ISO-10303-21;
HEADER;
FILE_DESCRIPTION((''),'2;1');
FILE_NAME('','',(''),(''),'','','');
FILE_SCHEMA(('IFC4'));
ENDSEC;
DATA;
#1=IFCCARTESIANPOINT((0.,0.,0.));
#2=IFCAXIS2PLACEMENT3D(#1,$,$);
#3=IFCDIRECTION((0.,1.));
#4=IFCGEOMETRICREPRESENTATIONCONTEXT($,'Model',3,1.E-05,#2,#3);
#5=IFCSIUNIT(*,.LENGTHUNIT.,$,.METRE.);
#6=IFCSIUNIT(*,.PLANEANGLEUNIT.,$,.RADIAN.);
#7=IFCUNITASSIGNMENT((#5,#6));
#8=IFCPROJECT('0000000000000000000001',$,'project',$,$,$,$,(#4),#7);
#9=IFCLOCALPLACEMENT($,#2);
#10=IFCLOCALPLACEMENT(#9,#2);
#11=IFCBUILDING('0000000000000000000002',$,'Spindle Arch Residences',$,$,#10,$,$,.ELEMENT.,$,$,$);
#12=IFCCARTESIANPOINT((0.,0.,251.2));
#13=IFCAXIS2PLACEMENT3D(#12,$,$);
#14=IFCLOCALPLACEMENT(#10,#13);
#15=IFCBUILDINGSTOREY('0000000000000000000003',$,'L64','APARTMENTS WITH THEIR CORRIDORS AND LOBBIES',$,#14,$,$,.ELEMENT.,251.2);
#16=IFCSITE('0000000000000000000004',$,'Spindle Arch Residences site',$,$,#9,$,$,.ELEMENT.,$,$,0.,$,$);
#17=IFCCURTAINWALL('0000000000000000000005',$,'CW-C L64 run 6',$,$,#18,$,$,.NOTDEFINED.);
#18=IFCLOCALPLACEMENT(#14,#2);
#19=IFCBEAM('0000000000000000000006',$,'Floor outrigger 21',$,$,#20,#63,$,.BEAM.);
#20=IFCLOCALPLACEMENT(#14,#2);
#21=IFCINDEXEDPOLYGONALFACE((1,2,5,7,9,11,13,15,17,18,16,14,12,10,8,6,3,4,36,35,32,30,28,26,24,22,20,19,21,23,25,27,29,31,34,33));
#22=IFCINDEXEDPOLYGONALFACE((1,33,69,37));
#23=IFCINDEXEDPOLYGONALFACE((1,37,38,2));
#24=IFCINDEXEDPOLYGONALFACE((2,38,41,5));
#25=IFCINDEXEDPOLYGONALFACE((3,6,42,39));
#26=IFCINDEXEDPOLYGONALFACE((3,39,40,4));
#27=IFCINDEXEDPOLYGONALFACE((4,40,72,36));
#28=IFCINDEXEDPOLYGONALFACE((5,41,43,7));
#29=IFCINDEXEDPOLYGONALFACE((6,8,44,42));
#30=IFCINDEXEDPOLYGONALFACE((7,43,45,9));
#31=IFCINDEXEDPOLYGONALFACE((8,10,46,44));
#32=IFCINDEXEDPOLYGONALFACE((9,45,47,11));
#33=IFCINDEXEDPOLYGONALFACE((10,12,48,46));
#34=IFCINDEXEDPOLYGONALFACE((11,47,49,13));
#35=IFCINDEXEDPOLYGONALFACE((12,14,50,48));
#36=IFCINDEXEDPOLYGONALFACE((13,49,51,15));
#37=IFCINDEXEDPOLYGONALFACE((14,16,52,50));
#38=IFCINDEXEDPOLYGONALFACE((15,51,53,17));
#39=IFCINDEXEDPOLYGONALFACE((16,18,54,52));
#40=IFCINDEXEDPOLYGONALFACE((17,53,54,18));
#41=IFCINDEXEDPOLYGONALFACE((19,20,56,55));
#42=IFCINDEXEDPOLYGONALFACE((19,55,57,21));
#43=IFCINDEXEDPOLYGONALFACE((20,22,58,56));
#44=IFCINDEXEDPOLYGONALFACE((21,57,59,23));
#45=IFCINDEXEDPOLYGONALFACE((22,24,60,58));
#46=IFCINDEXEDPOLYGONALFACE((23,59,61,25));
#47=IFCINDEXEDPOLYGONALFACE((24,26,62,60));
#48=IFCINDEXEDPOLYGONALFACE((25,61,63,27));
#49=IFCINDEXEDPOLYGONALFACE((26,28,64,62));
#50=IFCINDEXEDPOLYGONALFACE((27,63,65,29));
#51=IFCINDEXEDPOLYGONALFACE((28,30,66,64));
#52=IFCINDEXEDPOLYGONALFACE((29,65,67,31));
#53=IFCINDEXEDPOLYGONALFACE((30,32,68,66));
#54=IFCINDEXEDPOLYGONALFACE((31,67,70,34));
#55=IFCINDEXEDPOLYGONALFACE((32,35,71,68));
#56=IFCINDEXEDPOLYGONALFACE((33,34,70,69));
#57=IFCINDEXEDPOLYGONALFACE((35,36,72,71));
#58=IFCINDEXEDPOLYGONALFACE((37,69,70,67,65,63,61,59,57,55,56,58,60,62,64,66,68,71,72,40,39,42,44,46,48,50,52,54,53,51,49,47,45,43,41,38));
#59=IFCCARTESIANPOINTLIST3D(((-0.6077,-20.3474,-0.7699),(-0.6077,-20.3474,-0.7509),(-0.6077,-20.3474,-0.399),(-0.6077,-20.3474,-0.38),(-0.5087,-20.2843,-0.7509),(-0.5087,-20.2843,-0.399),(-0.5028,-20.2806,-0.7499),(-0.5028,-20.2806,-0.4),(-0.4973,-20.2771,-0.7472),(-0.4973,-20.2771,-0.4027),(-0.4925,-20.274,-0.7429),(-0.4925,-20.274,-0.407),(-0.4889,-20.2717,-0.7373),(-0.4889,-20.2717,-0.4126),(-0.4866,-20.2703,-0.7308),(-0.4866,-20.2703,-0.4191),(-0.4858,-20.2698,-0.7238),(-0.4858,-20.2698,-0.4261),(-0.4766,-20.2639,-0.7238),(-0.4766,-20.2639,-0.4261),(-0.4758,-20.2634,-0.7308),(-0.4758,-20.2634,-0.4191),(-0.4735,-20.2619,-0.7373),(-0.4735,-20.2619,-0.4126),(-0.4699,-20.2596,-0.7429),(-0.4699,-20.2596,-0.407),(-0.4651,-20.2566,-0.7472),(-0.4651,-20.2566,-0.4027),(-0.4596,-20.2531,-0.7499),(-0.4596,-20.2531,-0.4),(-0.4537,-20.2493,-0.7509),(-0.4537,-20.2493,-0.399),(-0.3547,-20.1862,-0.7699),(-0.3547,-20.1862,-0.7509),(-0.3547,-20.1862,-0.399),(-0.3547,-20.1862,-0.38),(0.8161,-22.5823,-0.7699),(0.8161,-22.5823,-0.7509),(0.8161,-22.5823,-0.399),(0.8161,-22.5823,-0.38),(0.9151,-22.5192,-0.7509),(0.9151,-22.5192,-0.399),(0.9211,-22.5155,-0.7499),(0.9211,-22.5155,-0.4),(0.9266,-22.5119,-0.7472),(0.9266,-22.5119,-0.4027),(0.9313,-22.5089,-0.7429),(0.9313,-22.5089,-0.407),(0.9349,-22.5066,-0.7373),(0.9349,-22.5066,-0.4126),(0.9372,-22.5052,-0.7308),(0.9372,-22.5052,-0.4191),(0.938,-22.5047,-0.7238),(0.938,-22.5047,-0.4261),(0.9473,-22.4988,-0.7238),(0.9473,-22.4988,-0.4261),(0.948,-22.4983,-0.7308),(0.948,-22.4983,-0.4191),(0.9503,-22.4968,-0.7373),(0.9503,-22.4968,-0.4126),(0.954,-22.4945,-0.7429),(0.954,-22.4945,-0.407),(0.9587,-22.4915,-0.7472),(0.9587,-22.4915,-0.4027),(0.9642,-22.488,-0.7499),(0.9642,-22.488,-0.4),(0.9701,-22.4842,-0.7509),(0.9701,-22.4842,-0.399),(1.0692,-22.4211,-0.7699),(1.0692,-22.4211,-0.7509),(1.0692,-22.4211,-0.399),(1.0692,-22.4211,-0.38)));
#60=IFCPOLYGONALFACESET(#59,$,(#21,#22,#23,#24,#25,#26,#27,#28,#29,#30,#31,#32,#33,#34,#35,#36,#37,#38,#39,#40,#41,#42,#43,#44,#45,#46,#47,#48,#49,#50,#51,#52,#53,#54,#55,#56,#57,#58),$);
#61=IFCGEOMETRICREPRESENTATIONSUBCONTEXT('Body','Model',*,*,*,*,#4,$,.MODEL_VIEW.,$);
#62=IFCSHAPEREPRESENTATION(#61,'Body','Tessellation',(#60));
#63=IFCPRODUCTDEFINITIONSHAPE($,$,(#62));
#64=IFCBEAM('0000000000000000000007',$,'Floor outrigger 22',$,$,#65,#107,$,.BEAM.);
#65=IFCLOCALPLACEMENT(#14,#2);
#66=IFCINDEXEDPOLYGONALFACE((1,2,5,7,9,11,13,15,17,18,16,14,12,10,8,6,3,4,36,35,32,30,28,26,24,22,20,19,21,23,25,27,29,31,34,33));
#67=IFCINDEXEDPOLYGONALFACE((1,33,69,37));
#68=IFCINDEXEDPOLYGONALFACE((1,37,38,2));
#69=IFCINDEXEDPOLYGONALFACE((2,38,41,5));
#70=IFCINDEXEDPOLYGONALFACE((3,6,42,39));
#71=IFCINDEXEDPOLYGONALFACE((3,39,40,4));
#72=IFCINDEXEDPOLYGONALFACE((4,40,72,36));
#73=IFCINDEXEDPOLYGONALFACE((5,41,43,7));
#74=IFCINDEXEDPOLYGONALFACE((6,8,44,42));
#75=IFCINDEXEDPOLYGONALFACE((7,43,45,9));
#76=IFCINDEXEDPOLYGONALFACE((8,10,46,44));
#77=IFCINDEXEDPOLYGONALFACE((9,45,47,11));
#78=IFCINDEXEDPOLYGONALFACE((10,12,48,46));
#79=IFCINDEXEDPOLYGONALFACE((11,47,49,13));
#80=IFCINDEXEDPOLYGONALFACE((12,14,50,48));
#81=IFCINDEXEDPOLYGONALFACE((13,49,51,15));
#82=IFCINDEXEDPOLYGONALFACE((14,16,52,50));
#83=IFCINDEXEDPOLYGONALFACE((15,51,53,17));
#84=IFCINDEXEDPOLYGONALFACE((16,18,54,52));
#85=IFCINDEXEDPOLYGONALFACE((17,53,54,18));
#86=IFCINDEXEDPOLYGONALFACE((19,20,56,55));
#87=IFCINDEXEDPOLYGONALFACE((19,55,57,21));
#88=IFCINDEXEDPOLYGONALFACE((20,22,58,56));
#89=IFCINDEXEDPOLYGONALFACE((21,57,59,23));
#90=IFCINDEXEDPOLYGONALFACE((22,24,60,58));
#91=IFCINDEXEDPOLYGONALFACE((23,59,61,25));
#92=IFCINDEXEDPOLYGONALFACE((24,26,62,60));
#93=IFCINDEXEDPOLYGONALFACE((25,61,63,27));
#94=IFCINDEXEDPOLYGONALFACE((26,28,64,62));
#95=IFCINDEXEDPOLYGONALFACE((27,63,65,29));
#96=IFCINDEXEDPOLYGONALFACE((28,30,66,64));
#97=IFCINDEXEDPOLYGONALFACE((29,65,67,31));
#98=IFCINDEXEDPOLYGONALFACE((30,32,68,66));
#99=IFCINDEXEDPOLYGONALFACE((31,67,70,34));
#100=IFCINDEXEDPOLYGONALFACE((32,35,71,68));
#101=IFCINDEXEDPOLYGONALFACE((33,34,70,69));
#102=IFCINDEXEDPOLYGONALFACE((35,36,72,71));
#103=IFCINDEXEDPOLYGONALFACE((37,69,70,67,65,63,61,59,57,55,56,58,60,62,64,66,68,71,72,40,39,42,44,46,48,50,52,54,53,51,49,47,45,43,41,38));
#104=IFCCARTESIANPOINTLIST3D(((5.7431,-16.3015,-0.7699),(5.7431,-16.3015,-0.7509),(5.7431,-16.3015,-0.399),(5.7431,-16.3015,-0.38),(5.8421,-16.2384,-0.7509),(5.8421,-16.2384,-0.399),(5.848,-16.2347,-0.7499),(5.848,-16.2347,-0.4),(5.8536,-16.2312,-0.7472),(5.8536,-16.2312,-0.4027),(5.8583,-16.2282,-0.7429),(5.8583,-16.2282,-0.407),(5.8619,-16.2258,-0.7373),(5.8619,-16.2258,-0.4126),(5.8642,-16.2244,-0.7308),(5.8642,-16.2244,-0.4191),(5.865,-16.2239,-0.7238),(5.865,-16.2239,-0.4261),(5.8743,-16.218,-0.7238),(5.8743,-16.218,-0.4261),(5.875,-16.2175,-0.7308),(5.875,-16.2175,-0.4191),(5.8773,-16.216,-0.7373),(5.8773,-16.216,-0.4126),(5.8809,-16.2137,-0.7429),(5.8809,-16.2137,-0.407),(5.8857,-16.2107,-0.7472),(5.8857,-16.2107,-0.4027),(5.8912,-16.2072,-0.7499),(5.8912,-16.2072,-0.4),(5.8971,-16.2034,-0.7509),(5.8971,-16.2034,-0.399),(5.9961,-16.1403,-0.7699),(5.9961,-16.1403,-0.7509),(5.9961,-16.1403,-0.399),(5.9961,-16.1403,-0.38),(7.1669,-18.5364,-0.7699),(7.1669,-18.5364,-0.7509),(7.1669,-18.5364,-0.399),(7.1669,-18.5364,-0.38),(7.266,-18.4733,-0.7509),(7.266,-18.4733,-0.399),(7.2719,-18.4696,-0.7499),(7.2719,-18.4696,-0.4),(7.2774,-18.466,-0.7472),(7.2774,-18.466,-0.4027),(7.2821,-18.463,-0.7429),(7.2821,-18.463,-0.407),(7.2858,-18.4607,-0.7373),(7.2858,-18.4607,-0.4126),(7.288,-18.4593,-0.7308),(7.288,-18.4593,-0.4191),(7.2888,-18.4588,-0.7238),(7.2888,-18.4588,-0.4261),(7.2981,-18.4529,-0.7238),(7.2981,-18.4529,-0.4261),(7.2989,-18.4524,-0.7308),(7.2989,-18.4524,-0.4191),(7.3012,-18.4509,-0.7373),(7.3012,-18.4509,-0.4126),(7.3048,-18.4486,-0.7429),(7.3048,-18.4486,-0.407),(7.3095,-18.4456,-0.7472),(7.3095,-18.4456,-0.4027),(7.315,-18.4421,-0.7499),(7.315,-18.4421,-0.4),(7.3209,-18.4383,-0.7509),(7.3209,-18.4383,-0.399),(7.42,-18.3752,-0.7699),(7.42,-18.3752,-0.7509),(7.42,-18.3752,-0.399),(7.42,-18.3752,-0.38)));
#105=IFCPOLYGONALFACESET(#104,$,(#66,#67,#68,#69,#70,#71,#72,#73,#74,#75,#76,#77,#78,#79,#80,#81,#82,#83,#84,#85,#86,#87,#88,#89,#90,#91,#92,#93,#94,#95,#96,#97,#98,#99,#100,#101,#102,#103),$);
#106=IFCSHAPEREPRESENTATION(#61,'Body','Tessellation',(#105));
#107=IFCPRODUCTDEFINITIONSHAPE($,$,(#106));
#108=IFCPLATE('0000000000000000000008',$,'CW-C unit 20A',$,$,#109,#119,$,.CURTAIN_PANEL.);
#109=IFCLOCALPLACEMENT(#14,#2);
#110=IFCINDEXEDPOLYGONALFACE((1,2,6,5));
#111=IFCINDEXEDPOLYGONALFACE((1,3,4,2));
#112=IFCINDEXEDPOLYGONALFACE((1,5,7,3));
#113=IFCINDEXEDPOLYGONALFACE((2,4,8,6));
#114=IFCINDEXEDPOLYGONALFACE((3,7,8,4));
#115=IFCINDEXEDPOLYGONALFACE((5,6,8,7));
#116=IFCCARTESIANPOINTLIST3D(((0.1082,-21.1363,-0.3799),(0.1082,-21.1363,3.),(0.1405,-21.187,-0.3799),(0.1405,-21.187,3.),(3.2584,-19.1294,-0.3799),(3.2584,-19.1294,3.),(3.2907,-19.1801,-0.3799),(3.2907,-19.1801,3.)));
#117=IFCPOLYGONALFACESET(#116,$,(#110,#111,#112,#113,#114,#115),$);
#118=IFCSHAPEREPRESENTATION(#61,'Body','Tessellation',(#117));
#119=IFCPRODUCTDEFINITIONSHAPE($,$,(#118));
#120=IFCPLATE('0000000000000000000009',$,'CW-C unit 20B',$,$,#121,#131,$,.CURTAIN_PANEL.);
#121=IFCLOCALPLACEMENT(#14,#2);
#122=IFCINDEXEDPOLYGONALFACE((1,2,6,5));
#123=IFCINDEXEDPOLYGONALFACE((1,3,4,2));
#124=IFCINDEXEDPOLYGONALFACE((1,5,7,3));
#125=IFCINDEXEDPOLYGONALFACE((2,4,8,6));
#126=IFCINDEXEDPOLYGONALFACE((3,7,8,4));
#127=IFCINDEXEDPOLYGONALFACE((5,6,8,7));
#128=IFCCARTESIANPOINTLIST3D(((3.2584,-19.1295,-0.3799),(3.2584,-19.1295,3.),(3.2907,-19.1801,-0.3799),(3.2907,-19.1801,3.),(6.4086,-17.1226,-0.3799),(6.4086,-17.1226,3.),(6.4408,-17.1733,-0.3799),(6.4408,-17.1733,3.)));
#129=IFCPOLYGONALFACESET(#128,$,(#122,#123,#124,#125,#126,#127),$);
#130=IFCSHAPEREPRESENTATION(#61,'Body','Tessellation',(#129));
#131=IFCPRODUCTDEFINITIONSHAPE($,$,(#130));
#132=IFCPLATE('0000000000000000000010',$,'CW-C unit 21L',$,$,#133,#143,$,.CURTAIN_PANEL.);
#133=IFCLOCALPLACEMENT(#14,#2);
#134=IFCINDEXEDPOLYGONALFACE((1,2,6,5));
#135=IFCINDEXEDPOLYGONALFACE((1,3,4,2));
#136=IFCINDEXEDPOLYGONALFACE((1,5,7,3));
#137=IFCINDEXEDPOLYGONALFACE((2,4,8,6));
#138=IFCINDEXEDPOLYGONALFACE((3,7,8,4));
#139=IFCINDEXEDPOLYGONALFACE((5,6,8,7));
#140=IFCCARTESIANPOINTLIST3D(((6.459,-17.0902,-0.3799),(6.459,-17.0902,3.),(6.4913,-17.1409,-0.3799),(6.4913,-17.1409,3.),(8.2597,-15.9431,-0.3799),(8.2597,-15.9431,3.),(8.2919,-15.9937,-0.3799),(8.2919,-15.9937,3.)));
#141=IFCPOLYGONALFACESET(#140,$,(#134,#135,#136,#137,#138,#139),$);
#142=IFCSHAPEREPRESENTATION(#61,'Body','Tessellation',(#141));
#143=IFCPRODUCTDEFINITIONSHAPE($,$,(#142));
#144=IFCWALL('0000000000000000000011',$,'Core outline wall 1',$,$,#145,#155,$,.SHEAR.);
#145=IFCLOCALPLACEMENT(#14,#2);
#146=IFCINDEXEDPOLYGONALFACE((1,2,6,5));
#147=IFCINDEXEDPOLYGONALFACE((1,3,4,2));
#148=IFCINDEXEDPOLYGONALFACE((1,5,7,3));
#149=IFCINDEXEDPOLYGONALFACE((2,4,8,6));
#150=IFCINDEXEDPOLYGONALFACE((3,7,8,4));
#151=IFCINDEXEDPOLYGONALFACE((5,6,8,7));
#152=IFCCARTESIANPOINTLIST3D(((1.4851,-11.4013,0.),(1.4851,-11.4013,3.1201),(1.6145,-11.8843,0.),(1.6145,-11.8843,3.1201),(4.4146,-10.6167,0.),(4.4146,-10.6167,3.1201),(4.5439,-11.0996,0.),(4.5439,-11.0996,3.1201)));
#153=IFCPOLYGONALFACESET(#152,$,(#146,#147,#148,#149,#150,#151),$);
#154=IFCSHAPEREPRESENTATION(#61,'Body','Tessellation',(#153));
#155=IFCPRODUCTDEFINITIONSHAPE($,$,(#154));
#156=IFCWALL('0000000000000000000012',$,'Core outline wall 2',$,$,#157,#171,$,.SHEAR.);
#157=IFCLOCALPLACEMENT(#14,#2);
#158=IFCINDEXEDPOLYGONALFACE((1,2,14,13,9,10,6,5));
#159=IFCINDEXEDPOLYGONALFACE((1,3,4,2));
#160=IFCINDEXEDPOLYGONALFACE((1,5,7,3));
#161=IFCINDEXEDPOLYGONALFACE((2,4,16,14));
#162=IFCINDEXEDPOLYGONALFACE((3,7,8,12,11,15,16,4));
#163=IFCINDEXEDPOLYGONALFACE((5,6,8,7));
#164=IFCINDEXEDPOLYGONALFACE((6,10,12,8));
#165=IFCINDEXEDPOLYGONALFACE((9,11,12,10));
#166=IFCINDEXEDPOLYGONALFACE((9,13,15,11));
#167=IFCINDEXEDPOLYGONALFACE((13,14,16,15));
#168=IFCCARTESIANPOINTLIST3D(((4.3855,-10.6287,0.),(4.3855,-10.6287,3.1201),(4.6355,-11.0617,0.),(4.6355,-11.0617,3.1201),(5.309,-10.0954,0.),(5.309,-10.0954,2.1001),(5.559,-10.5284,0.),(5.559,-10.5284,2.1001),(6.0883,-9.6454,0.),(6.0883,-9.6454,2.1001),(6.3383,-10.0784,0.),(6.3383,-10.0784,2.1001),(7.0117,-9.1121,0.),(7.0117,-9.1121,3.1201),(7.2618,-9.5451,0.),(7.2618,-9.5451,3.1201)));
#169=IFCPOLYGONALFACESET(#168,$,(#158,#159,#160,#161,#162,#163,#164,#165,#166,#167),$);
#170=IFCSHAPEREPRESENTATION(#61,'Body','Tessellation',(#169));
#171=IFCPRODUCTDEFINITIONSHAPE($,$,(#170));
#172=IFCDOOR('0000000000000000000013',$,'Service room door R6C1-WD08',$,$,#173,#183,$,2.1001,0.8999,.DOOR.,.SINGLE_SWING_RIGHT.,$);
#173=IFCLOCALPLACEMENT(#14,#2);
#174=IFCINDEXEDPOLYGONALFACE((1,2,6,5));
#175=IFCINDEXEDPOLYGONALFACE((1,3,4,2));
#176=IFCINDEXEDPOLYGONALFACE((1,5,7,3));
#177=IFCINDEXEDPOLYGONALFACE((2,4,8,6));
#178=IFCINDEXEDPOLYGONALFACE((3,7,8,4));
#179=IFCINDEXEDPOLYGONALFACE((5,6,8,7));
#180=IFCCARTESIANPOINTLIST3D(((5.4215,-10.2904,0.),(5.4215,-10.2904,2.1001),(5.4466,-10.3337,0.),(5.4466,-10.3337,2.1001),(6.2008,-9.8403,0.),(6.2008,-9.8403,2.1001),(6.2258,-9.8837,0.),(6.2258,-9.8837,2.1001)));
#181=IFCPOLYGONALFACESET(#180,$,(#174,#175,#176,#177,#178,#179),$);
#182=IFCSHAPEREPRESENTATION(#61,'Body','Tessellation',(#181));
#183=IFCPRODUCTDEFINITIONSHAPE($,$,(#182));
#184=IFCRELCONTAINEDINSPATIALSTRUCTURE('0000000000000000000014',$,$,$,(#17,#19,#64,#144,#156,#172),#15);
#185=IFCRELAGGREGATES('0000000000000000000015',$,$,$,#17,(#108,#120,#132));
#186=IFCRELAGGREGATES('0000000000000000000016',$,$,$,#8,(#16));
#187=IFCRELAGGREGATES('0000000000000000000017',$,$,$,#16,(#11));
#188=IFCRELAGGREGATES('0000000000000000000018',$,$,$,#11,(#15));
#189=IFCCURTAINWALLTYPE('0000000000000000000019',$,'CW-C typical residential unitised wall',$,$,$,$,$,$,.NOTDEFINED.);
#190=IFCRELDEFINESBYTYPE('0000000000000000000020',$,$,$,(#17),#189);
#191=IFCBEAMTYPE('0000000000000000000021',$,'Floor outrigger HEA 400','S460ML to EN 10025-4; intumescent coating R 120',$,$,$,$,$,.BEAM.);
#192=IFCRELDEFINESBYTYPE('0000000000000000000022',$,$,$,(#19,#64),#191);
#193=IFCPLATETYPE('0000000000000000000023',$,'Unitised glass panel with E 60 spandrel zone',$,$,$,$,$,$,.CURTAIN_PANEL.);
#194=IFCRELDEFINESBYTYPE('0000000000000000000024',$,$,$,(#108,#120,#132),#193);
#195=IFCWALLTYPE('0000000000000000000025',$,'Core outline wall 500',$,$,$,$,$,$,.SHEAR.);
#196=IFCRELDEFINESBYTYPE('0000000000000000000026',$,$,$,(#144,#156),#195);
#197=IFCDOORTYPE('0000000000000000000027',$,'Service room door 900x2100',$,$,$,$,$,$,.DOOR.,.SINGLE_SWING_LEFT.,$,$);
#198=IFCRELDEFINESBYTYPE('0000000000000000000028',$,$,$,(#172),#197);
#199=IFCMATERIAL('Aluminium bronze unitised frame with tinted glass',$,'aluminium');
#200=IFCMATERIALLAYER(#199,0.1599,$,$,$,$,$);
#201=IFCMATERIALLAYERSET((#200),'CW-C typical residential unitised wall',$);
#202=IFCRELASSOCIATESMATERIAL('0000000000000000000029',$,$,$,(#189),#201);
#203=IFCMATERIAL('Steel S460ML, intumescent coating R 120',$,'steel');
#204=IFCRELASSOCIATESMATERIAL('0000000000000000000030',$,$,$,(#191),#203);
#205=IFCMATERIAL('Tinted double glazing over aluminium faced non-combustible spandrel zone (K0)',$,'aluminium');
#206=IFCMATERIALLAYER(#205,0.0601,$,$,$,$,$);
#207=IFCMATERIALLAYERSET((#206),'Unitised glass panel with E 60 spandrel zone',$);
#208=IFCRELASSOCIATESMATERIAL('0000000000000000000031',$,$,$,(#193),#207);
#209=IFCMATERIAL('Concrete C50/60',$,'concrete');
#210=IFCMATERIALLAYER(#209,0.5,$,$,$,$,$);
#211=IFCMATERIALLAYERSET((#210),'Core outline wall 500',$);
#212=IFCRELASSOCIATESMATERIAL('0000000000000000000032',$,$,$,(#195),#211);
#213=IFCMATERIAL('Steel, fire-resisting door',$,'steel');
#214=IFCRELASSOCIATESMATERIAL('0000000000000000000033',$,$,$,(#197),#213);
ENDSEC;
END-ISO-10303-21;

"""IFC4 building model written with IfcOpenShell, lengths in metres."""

from ifc_helpers import new_model, si_unit, direction, frame, frame_2d, origin, origin_2d, place, context, subcontext, project, spatial, rectangle, i_section, extrude, material, layer, layer_set, material_profile, profile_set, type_object, element, fill, aggregate, save


model = new_model("IFC4")

# Units and contexts
model_context = context("Model", 3, precision=1e-05, world=origin(), true_north=direction((0.0, 1.0)))
body_context = subcontext(model_context, "Body", "Model", "MODEL_VIEW")
ifc_project = project(units=[si_unit("LENGTHUNIT", "METRE"), si_unit("PLANEANGLEUNIT", "RADIAN")], contexts=[model_context])

# Site, building, storey
site_placement = place(None, origin())
site = spatial("IfcSite", under=ifc_project, at=site_placement, Name="Spindle Arch Residences site", CompositionType="ELEMENT", RefElevation=0.0)
building_placement = place(site_placement, origin())
building = spatial("IfcBuilding", under=site, at=building_placement, Name="Spindle Arch Residences", CompositionType="ELEMENT")
storey_placement = place(building_placement, frame((0.0, 0.0, 251.2)))
storey = spatial("IfcBuildingStorey", under=building, at=storey_placement, Name="L64", Description="APARTMENTS WITH THEIR CORRIDORS AND LOBBIES", CompositionType="ELEMENT", Elevation=251.2)

# Curtain wall
ifc_material_1 = material(Name="Aluminium bronze unitised frame with tinted glass", Category="aluminium")
ifc_layer_1 = layer(ifc_material_1, 0.1599)
ifc_layer_set_1 = layer_set([ifc_layer_1], Name="CW-C typical residential unitised wall")
curtain_wall_type = type_object("IfcCurtainWallType", Name="CW-C typical residential unitised wall", PredefinedType="NOTDEFINED", material=ifc_layer_set_1)
curtain_wall_placement = place(storey_placement, origin())
curtain_wall = element("IfcCurtainWall", 1, at=curtain_wall_placement, inside=storey, type_object=curtain_wall_type, Name="CW-C L64 run 6", PredefinedType="NOTDEFINED")

# Beams
ifc_material_2 = material(Name="Steel S460ML, intumescent coating R 120", Category="steel")
ifc_material_profile_1 = material_profile(ifc_material_2, i_section(OverallWidth=0.3, OverallDepth=0.3899, WebThickness=0.011, FlangeThickness=0.019, FilletRadius=0.0271, at=origin_2d()), Name="HEA 400")
ifc_profile_set_1 = profile_set([ifc_material_profile_1], Name="Steel S460ML, intumescent coating R 120")
beam_type_1 = type_object("IfcBeamType", Name="Floor outrigger HEA 400", Description="S460ML to EN 10025-4; intumescent coating R 120", PredefinedType="BEAM", material=ifc_profile_set_1)
for number, where, z_axis, x_axis, name in (
    (2, (0.9426, -22.5017, -0.575), (-0.537317, 0.843381, 0.0), (-0.843381, -0.537317, 0.0), "Floor outrigger 21"),
    (3, (7.2935, -18.4558, -0.575), (-0.537317, 0.843381, 0.0), (-0.843381, -0.537317, 0.0), "Floor outrigger 22"),
):
    element("IfcBeam", number, at=place(storey_placement, frame(where, z_axis=z_axis, x_axis=x_axis)), inside=storey, type_object=beam_type_1, Name=name, PredefinedType="BEAM", context=body_context, shape_type="SweptSolid", body=[
        extrude(i_section(OverallWidth=0.3, OverallDepth=0.3899, WebThickness=0.011, FlangeThickness=0.019, FilletRadius=0.0271, at=origin_2d()), origin(), (0.0, 0.0, 1.0), 2.6499),
    ])

# Plates
ifc_material_3 = material(Name="Tinted double glazing over aluminium faced non-combustible spandrel zone (K0)", Category="aluminium")
ifc_layer_2 = layer(ifc_material_3, 0.0601)
ifc_layer_set_2 = layer_set([ifc_layer_2], Name="Unitised glass panel with E 60 spandrel zone")
plate_type = type_object("IfcPlateType", Name="Unitised glass panel with E 60 spandrel zone", PredefinedType="CURTAIN_PANEL", material=ifc_layer_set_2)
plate_1_placement = place(storey_placement, frame((1.6995, -20.1582, -0.3799), z_axis=(0.0, 0.0, 1.0), x_axis=(0.843391, 0.5373, 0.0)))
plate_1 = element("IfcPlate", 4, at=plate_1_placement, type_object=plate_type, Name="CW-C unit 20A", PredefinedType="CURTAIN_PANEL", context=body_context, shape_type="SweptSolid", body=[
    extrude(rectangle(XDim=3.7351, YDim=0.0601, at=origin_2d()), origin(), (0.0, 0.0, 1.0), 3.3799),
])
plate_2_placement = place(storey_placement, frame((4.8496, -18.1514, -0.3799), z_axis=(0.0, 0.0, 1.0), x_axis=(0.843391, 0.5373, 0.0)))
plate_2 = element("IfcPlate", 5, at=plate_2_placement, type_object=plate_type, Name="CW-C unit 20B", PredefinedType="CURTAIN_PANEL", context=body_context, shape_type="SweptSolid", body=[
    extrude(rectangle(XDim=3.7351, YDim=0.0601, at=origin_2d()), origin(), (0.0, 0.0, 1.0), 3.3799),
])
plate_3_placement = place(storey_placement, frame((7.3755, -16.542, -0.3799), z_axis=(0.0, 0.0, 1.0), x_axis=(0.843391, 0.5373, 0.0)))
plate_3 = element("IfcPlate", 6, at=plate_3_placement, type_object=plate_type, Name="CW-C unit 21L", PredefinedType="CURTAIN_PANEL", context=body_context, shape_type="SweptSolid", body=[
    extrude(rectangle(XDim=2.135, YDim=0.0601, at=origin_2d()), origin(), (0.0, 0.0, 1.0), 3.3799),
])
aggregate(curtain_wall, [plate_1, plate_2, plate_3])

# Wall
ifc_material_4 = material(Name="Concrete C50/60", Category="concrete")
ifc_layer_3 = layer(ifc_material_4, 0.5)
ifc_layer_set_3 = layer_set([ifc_layer_3], Name="Core outline wall 500")
wall_type_1 = type_object("IfcWallType", Name="Core outline wall 500", PredefinedType="SHEAR", material=ifc_layer_set_3)
wall_1_placement = place(storey_placement, frame((1.5498, -11.6428, 0.0), z_axis=(0.0, 0.0, 1.0), x_axis=(0.965948, 0.258735, 0.0)))
element("IfcWall", 7, at=wall_1_placement, inside=storey, type_object=wall_type_1, Name="Core outline wall 1", PredefinedType="SHEAR", context=body_context, shape_type="SweptSolid", body=[
    extrude(rectangle(XDim=3.0327, YDim=0.5, at=frame_2d((1.5164, 0.0))), origin(), (0.0, 0.0, 1.0), 3.1201),
])

# Wall, opening, door
wall_2_placement = place(storey_placement, frame((4.5105, -10.8452, 0.0), z_axis=(0.0, 0.0, 1.0), x_axis=(0.865975, 0.500087, 0.0)))
wall_2 = element("IfcWall", 8, at=wall_2_placement, inside=storey, type_object=wall_type_1, Name="Core outline wall 2", PredefinedType="SHEAR", context=body_context, shape_type="SweptSolid", body=[
    extrude(rectangle(XDim=3.0327, YDim=0.5, at=frame_2d((1.5164, 0.0))), origin(), (0.0, 0.0, 1.0), 3.1201),
])
opening_1_placement = place(wall_2_placement, frame((1.0664, 0.0, 0.0)))
opening_1 = element("IfcOpeningElement", 9, at=opening_1_placement, cuts=wall_2, PredefinedType="OPENING", context=body_context, shape_type="SweptSolid", body=[
    extrude(rectangle(XDim=0.8999, YDim=2.1001, at=frame_2d((0.45, 1.05))), frame((0.0, 0.26, 0.0), z_axis=(0.0, -1.0, 0.0), x_axis=(1.0, 0.0, 0.0)), (0.0, 0.0, 1.0), 0.52),
])
ifc_material_5 = material(Name="Steel, fire-resisting door", Category="steel")
door_type_1 = type_object("IfcDoorType", Name="Service room door 900x2100", OperationType="SINGLE_SWING_LEFT", PredefinedType="DOOR", material=ifc_material_5)
door_1_placement = place(opening_1_placement, origin())
door_1 = element("IfcDoor", 10, at=door_1_placement, inside=storey, type_object=door_type_1, Name="Service room door R6C1-WD08", OperationType="SINGLE_SWING_RIGHT", OverallHeight=2.1001, OverallWidth=0.8999, PredefinedType="DOOR", context=body_context, shape_type="SweptSolid", body=[
    extrude(rectangle(XDim=0.8999, YDim=2.1001, at=frame_2d((0.45, 1.05))), frame((0.0, 0.0249, 0.0), z_axis=(0.0, -1.0, 0.0), x_axis=(1.0, 0.0, 0.0)), (0.0, 0.0, 1.0), 0.05),
])
fill(opening_1, door_1)

save(model, "model.ifc")
